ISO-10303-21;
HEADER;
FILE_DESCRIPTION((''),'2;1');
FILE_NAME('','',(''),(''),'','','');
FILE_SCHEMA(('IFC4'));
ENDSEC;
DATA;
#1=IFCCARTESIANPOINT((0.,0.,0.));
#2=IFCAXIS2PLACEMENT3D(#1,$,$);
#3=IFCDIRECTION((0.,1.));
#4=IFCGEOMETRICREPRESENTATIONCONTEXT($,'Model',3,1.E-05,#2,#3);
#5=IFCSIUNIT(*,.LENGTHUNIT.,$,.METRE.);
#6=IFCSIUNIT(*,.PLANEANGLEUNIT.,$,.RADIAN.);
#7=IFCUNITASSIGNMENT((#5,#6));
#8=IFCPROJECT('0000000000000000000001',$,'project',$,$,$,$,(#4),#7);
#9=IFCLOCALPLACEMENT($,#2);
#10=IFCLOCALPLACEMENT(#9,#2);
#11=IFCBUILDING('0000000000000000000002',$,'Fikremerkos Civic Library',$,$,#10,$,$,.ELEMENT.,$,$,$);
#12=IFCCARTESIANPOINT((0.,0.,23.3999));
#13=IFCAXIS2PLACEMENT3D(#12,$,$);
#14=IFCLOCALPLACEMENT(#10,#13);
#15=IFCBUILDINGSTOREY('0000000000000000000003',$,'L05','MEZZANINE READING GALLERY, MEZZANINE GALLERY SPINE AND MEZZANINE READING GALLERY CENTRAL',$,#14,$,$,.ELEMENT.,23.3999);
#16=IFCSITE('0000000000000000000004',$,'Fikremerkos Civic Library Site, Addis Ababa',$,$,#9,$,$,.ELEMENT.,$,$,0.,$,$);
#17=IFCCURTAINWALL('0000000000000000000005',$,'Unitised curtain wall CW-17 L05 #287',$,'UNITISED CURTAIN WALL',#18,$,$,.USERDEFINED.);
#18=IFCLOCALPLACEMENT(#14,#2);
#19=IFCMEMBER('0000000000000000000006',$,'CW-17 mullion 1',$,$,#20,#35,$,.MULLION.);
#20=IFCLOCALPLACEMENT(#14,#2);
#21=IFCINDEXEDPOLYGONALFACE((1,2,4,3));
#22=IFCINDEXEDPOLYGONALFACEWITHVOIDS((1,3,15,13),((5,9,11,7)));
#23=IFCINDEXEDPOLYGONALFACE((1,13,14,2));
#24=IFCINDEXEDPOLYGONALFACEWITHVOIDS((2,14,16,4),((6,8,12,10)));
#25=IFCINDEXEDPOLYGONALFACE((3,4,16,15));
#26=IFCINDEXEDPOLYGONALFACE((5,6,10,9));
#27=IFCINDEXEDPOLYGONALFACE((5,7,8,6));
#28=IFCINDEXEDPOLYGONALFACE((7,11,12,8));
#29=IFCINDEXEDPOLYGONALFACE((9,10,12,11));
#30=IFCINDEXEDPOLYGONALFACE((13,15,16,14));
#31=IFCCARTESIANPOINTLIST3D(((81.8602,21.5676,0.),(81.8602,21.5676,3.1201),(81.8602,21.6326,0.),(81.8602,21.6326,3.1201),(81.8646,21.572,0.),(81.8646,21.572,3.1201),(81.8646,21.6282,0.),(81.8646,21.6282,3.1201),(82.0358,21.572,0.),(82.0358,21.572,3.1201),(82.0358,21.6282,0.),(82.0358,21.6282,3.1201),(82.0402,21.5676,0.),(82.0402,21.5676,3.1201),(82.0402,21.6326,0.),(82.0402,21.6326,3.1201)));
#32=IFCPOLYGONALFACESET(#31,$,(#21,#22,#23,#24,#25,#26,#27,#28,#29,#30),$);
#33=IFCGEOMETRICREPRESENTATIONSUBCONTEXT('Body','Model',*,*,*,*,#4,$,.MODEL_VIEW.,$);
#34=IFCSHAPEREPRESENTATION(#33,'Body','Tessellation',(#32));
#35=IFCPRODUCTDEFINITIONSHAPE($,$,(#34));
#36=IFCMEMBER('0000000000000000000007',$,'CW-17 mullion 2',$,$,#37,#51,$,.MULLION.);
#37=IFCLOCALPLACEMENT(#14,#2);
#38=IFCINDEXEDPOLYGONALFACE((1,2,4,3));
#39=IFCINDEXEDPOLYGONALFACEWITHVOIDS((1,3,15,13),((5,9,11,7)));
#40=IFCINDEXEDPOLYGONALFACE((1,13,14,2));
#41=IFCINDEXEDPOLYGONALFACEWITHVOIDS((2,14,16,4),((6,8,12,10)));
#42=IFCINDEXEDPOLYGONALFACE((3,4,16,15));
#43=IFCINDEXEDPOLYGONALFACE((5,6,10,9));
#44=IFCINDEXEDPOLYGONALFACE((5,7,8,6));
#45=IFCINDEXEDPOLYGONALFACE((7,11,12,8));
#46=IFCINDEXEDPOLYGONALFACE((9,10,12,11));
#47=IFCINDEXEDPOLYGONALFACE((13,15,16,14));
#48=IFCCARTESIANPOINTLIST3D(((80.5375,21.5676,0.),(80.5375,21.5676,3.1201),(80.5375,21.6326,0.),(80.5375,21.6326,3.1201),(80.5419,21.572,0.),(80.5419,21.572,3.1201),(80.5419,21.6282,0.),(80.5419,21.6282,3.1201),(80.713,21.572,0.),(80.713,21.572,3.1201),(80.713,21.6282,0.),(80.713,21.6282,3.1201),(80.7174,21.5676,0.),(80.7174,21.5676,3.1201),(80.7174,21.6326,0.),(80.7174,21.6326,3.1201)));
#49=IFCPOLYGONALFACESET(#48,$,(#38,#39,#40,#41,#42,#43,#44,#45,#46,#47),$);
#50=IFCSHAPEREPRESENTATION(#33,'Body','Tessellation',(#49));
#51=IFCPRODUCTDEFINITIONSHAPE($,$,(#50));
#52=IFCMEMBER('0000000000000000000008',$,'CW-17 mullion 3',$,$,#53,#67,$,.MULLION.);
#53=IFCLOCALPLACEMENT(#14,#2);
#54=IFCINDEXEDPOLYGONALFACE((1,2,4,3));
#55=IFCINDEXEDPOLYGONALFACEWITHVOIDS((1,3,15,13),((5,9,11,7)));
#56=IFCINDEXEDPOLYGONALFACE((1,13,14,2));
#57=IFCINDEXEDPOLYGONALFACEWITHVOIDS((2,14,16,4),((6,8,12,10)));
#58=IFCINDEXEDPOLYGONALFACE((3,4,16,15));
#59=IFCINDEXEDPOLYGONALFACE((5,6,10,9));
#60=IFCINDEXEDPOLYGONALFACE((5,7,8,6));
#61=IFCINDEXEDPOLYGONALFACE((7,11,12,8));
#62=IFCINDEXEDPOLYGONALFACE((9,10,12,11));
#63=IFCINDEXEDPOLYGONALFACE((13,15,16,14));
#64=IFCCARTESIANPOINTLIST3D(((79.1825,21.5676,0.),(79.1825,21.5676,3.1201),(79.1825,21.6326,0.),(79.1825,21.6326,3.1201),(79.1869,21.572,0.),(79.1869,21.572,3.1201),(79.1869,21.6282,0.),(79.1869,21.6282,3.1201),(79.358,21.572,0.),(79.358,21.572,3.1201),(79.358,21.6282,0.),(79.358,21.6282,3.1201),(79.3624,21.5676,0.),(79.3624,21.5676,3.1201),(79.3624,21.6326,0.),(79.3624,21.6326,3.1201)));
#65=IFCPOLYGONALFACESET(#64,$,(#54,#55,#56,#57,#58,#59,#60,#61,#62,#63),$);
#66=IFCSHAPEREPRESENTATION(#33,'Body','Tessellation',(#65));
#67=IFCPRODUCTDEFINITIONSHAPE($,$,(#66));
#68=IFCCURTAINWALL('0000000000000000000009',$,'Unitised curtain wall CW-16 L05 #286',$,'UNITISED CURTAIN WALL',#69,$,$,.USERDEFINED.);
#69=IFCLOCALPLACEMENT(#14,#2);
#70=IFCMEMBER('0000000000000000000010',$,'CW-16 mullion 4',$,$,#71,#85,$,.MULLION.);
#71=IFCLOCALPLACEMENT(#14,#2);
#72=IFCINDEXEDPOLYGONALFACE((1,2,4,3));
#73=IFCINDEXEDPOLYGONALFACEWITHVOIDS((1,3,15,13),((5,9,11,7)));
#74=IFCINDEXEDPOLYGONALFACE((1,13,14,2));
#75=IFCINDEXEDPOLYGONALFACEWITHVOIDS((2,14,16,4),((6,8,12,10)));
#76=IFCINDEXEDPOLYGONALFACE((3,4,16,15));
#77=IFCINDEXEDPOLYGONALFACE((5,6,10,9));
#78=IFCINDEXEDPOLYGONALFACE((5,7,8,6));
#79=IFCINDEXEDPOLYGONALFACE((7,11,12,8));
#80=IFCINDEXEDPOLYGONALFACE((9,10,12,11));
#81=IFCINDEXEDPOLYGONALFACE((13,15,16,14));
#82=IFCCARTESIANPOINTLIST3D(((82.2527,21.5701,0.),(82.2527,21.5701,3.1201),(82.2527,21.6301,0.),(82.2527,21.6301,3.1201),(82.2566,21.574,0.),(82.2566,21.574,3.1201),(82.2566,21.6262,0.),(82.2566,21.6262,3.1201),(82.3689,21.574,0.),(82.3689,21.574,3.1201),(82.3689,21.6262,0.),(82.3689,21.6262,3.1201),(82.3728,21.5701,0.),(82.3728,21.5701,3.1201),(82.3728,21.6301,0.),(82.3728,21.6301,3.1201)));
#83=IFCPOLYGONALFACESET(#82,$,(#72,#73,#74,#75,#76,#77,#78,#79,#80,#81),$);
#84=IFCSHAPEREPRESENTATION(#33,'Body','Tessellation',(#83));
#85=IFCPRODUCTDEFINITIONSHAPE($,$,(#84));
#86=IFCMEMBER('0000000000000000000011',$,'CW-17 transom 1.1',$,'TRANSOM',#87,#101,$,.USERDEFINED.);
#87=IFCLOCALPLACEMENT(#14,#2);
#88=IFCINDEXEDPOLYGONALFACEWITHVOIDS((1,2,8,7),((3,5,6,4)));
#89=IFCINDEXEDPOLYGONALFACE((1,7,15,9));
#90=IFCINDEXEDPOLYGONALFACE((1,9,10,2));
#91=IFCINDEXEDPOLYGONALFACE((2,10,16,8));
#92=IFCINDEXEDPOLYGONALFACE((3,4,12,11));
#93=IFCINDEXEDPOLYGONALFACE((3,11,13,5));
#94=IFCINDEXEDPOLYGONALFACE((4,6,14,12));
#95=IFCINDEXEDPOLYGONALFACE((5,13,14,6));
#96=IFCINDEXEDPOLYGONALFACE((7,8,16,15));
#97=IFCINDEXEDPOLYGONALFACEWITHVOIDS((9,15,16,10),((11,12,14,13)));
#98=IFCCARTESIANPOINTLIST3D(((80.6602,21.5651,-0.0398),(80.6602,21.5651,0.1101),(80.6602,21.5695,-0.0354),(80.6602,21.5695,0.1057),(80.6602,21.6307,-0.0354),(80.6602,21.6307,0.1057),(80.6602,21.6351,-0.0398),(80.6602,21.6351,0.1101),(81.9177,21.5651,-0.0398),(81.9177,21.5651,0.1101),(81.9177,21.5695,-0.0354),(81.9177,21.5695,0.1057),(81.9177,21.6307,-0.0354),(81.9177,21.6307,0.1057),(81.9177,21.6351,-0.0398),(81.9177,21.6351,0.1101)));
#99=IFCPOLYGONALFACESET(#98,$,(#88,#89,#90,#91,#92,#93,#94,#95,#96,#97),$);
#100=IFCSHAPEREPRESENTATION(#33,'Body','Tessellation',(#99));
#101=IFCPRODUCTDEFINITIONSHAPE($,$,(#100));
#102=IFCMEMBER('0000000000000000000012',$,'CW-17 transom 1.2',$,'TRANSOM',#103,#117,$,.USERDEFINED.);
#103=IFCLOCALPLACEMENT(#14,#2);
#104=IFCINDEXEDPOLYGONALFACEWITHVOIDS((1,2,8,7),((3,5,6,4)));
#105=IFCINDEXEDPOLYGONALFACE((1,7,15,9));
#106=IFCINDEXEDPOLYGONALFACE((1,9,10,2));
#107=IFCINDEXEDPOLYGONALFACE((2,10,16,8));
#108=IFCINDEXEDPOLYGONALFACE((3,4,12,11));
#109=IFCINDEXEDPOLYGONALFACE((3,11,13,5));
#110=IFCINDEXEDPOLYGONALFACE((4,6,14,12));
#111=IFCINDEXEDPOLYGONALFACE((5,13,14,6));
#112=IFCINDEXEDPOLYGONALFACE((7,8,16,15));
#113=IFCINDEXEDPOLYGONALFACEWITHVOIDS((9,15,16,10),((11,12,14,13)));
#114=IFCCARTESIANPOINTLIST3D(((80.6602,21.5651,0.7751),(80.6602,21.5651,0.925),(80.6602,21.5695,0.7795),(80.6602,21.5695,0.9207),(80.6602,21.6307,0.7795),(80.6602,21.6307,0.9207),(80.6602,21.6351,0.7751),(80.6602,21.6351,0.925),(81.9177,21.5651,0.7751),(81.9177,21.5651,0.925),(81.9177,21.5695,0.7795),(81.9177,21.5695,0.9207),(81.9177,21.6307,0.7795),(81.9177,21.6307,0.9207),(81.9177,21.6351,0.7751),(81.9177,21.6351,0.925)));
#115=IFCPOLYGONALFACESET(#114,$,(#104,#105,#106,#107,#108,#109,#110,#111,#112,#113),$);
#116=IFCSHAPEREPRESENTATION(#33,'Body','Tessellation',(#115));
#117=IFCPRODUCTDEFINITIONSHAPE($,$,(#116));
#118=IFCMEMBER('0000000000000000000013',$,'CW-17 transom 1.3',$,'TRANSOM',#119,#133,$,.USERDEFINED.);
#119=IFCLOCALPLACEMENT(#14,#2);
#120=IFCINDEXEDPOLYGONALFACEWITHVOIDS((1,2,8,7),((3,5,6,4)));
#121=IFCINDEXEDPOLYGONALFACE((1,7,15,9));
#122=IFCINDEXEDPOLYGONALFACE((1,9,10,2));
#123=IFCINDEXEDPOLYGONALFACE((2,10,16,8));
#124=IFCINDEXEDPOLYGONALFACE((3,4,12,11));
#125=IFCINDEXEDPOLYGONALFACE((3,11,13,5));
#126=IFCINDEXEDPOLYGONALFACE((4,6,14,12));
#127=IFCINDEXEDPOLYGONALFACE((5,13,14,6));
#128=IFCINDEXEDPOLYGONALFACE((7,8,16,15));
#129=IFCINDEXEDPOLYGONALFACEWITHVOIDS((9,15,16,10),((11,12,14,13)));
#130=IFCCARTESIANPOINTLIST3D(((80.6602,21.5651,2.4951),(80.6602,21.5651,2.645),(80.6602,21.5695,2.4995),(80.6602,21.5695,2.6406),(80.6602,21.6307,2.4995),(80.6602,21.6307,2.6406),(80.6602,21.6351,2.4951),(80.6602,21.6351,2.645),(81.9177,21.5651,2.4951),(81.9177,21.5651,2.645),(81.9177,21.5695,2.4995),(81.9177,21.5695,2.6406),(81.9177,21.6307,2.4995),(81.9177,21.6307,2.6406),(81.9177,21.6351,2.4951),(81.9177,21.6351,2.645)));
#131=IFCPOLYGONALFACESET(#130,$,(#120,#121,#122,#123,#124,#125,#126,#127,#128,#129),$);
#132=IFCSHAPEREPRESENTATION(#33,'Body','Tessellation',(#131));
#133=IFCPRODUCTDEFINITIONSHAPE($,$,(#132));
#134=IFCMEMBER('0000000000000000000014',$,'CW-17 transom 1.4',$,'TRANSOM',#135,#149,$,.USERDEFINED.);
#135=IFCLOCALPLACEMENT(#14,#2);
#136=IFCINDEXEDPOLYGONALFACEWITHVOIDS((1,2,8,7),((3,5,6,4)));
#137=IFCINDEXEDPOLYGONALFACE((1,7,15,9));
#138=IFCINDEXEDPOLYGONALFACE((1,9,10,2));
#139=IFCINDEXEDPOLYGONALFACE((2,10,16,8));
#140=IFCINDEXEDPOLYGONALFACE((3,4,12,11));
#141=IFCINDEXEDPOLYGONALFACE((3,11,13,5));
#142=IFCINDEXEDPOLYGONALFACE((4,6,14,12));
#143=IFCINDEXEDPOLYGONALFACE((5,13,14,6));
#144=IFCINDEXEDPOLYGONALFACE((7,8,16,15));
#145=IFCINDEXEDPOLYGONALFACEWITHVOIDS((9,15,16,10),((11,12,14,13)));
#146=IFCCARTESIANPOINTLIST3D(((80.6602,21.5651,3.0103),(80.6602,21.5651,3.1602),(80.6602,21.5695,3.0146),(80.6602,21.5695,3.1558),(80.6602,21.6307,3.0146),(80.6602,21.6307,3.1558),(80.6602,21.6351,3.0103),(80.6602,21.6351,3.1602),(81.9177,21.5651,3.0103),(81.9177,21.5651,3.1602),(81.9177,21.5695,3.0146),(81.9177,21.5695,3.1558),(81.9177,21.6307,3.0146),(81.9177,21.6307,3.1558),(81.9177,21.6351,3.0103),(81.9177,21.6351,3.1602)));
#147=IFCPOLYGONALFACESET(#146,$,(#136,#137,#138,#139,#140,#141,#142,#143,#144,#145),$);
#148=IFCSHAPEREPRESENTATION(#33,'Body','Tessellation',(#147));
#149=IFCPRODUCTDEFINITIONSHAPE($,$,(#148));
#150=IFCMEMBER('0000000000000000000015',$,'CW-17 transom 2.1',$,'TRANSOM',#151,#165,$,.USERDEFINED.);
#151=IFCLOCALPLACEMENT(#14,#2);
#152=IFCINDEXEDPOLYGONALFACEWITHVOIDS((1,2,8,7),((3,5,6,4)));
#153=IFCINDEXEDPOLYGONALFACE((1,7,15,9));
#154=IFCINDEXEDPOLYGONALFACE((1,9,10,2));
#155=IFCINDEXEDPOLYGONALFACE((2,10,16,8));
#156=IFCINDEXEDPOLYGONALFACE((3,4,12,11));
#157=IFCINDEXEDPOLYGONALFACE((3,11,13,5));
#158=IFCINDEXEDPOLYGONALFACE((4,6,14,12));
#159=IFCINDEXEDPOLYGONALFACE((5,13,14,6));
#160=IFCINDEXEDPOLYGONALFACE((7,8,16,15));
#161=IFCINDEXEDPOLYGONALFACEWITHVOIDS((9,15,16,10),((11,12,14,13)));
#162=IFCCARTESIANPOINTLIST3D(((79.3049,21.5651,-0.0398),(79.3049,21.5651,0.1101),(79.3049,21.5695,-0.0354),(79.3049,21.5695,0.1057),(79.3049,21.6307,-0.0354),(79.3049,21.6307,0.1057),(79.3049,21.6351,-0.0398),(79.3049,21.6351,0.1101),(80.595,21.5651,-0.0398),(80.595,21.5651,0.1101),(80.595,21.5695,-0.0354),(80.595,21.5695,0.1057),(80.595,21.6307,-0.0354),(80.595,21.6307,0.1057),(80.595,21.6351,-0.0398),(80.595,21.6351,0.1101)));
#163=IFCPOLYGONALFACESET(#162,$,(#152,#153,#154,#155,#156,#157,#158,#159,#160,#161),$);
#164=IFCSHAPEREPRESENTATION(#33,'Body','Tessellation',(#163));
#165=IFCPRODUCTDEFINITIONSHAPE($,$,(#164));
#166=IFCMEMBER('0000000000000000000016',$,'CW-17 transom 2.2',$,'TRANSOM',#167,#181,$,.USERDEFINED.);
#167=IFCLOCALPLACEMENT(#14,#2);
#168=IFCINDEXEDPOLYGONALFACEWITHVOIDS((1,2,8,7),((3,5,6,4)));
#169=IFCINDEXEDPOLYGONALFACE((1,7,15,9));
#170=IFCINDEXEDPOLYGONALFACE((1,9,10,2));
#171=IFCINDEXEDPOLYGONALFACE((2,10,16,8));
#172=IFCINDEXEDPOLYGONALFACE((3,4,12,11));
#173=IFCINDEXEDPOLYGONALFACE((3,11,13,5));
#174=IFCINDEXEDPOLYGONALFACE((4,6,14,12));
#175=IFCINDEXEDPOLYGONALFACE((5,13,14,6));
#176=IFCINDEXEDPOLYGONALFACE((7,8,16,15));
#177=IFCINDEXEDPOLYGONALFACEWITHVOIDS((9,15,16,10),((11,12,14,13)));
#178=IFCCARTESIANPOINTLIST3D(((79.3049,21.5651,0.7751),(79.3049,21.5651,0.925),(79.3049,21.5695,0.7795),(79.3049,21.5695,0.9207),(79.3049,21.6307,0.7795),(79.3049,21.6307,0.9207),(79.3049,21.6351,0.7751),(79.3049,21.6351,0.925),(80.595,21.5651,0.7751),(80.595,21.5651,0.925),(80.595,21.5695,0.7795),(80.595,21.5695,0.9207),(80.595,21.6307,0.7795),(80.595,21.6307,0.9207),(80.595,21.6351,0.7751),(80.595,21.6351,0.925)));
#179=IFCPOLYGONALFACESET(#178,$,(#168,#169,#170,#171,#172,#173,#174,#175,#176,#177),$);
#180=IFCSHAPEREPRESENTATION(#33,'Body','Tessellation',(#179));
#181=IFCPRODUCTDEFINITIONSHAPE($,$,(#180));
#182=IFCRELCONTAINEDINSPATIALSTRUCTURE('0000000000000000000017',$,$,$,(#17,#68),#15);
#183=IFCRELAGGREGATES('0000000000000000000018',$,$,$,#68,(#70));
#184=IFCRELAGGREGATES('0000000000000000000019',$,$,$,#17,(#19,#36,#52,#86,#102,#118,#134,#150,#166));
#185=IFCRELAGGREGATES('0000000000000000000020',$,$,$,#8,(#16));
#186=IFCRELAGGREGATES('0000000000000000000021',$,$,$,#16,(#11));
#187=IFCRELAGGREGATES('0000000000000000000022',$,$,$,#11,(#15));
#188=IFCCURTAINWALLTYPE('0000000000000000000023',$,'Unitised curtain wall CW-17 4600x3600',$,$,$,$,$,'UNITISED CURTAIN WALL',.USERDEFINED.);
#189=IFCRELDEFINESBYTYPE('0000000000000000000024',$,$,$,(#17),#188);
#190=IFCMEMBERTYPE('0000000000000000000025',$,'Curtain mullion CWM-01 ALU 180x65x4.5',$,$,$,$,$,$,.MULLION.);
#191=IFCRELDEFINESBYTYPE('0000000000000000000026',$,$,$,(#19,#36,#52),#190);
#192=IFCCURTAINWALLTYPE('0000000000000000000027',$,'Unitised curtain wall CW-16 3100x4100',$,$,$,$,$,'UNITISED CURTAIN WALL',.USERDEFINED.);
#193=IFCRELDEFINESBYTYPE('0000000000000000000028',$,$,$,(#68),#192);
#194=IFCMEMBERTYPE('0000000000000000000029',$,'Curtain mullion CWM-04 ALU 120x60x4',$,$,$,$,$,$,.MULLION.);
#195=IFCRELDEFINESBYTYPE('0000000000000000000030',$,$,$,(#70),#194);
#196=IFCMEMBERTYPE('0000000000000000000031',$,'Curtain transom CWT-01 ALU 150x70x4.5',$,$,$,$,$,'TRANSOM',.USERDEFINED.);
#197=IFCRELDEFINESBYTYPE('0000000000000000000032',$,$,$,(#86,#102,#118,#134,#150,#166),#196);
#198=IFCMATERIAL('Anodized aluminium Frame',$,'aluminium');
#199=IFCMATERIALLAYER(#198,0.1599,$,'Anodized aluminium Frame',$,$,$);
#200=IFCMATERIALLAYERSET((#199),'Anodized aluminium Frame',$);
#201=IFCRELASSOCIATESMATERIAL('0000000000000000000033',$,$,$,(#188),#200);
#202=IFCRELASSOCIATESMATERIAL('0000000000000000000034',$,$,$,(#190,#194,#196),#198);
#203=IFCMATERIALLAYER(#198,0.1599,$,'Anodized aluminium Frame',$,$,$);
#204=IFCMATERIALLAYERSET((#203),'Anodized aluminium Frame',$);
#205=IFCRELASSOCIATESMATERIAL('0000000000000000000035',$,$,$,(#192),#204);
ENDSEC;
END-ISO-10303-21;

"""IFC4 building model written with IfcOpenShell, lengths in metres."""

from ifc_helpers import new_model, si_unit, direction, frame, origin, origin_2d, place, context, subcontext, project, spatial, hollow_rectangle, extrude, material, layer, layer_set, material_profile, profile_set, type_object, element, aggregate, save


model = new_model("IFC4")

# Units and contexts
model_context = context("Model", 3, precision=1e-05, world=origin(), true_north=direction((0.0, 1.0)))
body_context = subcontext(model_context, "Body", "Model", "MODEL_VIEW")
ifc_project = project(units=[si_unit("LENGTHUNIT", "METRE"), si_unit("PLANEANGLEUNIT", "RADIAN")], contexts=[model_context])

# Site, building, storey
site_placement = place(None, origin())
site = spatial("IfcSite", under=ifc_project, at=site_placement, Name="Fikremerkos Civic Library Site, Addis Ababa", CompositionType="ELEMENT", RefElevation=0.0)
building_placement = place(site_placement, origin())
building = spatial("IfcBuilding", under=site, at=building_placement, Name="Fikremerkos Civic Library", CompositionType="ELEMENT")
storey_placement = place(building_placement, frame((0.0, 0.0, 23.3999)))
storey = spatial("IfcBuildingStorey", under=building, at=storey_placement, Name="L05", Description="MEZZANINE READING GALLERY, MEZZANINE GALLERY SPINE AND MEZZANINE READING GALLERY CENTRAL", CompositionType="ELEMENT", Elevation=23.3999)

# Curtain wall, members
ifc_material_1 = material(Name="Anodized aluminium Frame", Category="aluminium")
ifc_layer_1 = layer(ifc_material_1, 0.1599, Name="Anodized aluminium Frame")
ifc_layer_set_1 = layer_set([ifc_layer_1], Name="Anodized aluminium Frame")
curtain_wall_type_1 = type_object("IfcCurtainWallType", Name="Unitised curtain wall CW-17 4600x3600", ElementType="UNITISED CURTAIN WALL", PredefinedType="USERDEFINED", material=ifc_layer_set_1)
curtain_wall_1_placement = place(storey_placement, origin())
curtain_wall_1 = element("IfcCurtainWall", 1, at=curtain_wall_1_placement, inside=storey, type_object=curtain_wall_type_1, Name="Unitised curtain wall CW-17 L05 #287", ObjectType="UNITISED CURTAIN WALL", PredefinedType="USERDEFINED")
ifc_material_profile_1 = material_profile(ifc_material_1, hollow_rectangle(XDim=0.0649, YDim=0.1799, WallThickness=0.0044, at=origin_2d()), Name="ALU 180x65x4.5")
ifc_profile_set_1 = profile_set([ifc_material_profile_1], Name="Anodized aluminium Frame")
member_type_1 = type_object("IfcMemberType", Name="Curtain mullion CWM-01 ALU 180x65x4.5", PredefinedType="MULLION", material=ifc_profile_set_1)
member_1_placement = place(storey_placement, frame((81.9502, 21.6001, 0.0), z_axis=(0.0, 0.0, 1.0), x_axis=(0.0, -1.0, 0.0)))
member_1 = element("IfcMember", 2, at=member_1_placement, type_object=member_type_1, Name="CW-17 mullion 1", PredefinedType="MULLION", context=body_context, shape_type="SweptSolid", body=[
    extrude(hollow_rectangle(XDim=0.0649, YDim=0.1799, WallThickness=0.0044, at=origin_2d()), origin(), (0.0, 0.0, 1.0), 3.1201),
])
member_2_placement = place(storey_placement, frame((80.6274, 21.6001, 0.0), z_axis=(0.0, 0.0, 1.0), x_axis=(0.0, -1.0, 0.0)))
member_2 = element("IfcMember", 3, at=member_2_placement, type_object=member_type_1, Name="CW-17 mullion 2", PredefinedType="MULLION", context=body_context, shape_type="SweptSolid", body=[
    extrude(hollow_rectangle(XDim=0.0649, YDim=0.1799, WallThickness=0.0044, at=origin_2d()), origin(), (0.0, 0.0, 1.0), 3.1201),
])
member_3_placement = place(storey_placement, frame((79.2725, 21.6001, 0.0), z_axis=(0.0, 0.0, 1.0), x_axis=(0.0, -1.0, 0.0)))
member_3 = element("IfcMember", 4, at=member_3_placement, type_object=member_type_1, Name="CW-17 mullion 3", PredefinedType="MULLION", context=body_context, shape_type="SweptSolid", body=[
    extrude(hollow_rectangle(XDim=0.0649, YDim=0.1799, WallThickness=0.0044, at=origin_2d()), origin(), (0.0, 0.0, 1.0), 3.1201),
])

# Curtain wall, member
ifc_layer_2 = layer(ifc_material_1, 0.1599, Name="Anodized aluminium Frame")
ifc_layer_set_2 = layer_set([ifc_layer_2], Name="Anodized aluminium Frame")
curtain_wall_type_2 = type_object("IfcCurtainWallType", Name="Unitised curtain wall CW-16 3100x4100", ElementType="UNITISED CURTAIN WALL", PredefinedType="USERDEFINED", material=ifc_layer_set_2)
curtain_wall_2_placement = place(storey_placement, origin())
curtain_wall_2 = element("IfcCurtainWall", 5, at=curtain_wall_2_placement, inside=storey, type_object=curtain_wall_type_2, Name="Unitised curtain wall CW-16 L05 #286", ObjectType="UNITISED CURTAIN WALL", PredefinedType="USERDEFINED")
ifc_material_profile_2 = material_profile(ifc_material_1, hollow_rectangle(XDim=0.0601, YDim=0.1201, WallThickness=0.0039, at=origin_2d()), Name="ALU 120x60x4")
ifc_profile_set_2 = profile_set([ifc_material_profile_2], Name="Anodized aluminium Frame")
member_type_2 = type_object("IfcMemberType", Name="Curtain mullion CWM-04 ALU 120x60x4", PredefinedType="MULLION", material=ifc_profile_set_2)
member_4_placement = place(storey_placement, frame((82.3127, 21.6001, 0.0), z_axis=(0.0, 0.0, 1.0), x_axis=(0.0, -1.0, 0.0)))
member_4 = element("IfcMember", 6, at=member_4_placement, type_object=member_type_2, Name="CW-16 mullion 4", PredefinedType="MULLION", context=body_context, shape_type="SweptSolid", body=[
    extrude(hollow_rectangle(XDim=0.0601, YDim=0.1201, WallThickness=0.0039, at=origin_2d()), origin(), (0.0, 0.0, 1.0), 3.1201),
])
aggregate(curtain_wall_2, [member_4])

# Members
ifc_material_profile_3 = material_profile(ifc_material_1, hollow_rectangle(XDim=0.0701, YDim=0.1499, WallThickness=0.0044, at=origin_2d()), Name="ALU 150x70x4.5")
ifc_profile_set_3 = profile_set([ifc_material_profile_3], Name="Anodized aluminium Frame")
member_type_3 = type_object("IfcMemberType", Name="Curtain transom CWT-01 ALU 150x70x4.5", ElementType="TRANSOM", PredefinedType="USERDEFINED", material=ifc_profile_set_3)
member_5_placement = place(storey_placement, frame((81.9177, 21.6001, 0.0352), z_axis=(-1.0, 0.0, 0.0), x_axis=(0.0, -1.0, 0.0)))
member_5 = element("IfcMember", 7, at=member_5_placement, type_object=member_type_3, Name="CW-17 transom 1.1", ObjectType="TRANSOM", PredefinedType="USERDEFINED", context=body_context, shape_type="SweptSolid", body=[
    extrude(hollow_rectangle(XDim=0.0701, YDim=0.1499, WallThickness=0.0044, at=origin_2d()), origin(), (0.0, 0.0, 1.0), 1.2576),
])
member_6_placement = place(storey_placement, frame((81.9177, 21.6001, 0.8501), z_axis=(-1.0, 0.0, 0.0), x_axis=(0.0, -1.0, 0.0)))
member_6 = element("IfcMember", 8, at=member_6_placement, type_object=member_type_3, Name="CW-17 transom 1.2", ObjectType="TRANSOM", PredefinedType="USERDEFINED", context=body_context, shape_type="SweptSolid", body=[
    extrude(hollow_rectangle(XDim=0.0701, YDim=0.1499, WallThickness=0.0044, at=origin_2d()), origin(), (0.0, 0.0, 1.0), 1.2576),
])
member_7_placement = place(storey_placement, frame((81.9177, 21.6001, 2.5701), z_axis=(-1.0, 0.0, 0.0), x_axis=(0.0, -1.0, 0.0)))
member_7 = element("IfcMember", 9, at=member_7_placement, type_object=member_type_3, Name="CW-17 transom 1.3", ObjectType="TRANSOM", PredefinedType="USERDEFINED", context=body_context, shape_type="SweptSolid", body=[
    extrude(hollow_rectangle(XDim=0.0701, YDim=0.1499, WallThickness=0.0044, at=origin_2d()), origin(), (0.0, 0.0, 1.0), 1.2576),
])
member_8_placement = place(storey_placement, frame((81.9177, 21.6001, 3.0852), z_axis=(-1.0, 0.0, 0.0), x_axis=(0.0, -1.0, 0.0)))
member_8 = element("IfcMember", 10, at=member_8_placement, type_object=member_type_3, Name="CW-17 transom 1.4", ObjectType="TRANSOM", PredefinedType="USERDEFINED", context=body_context, shape_type="SweptSolid", body=[
    extrude(hollow_rectangle(XDim=0.0701, YDim=0.1499, WallThickness=0.0044, at=origin_2d()), origin(), (0.0, 0.0, 1.0), 1.2576),
])
member_9_placement = place(storey_placement, frame((80.595, 21.6001, 0.0352), z_axis=(-1.0, 0.0, 0.0), x_axis=(0.0, -1.0, 0.0)))
member_9 = element("IfcMember", 11, at=member_9_placement, type_object=member_type_3, Name="CW-17 transom 2.1", ObjectType="TRANSOM", PredefinedType="USERDEFINED", context=body_context, shape_type="SweptSolid", body=[
    extrude(hollow_rectangle(XDim=0.0701, YDim=0.1499, WallThickness=0.0044, at=origin_2d()), origin(), (0.0, 0.0, 1.0), 1.29),
])
member_10_placement = place(storey_placement, frame((80.595, 21.6001, 0.8501), z_axis=(-1.0, 0.0, 0.0), x_axis=(0.0, -1.0, 0.0)))
member_10 = element("IfcMember", 12, at=member_10_placement, type_object=member_type_3, Name="CW-17 transom 2.2", ObjectType="TRANSOM", PredefinedType="USERDEFINED", context=body_context, shape_type="SweptSolid", body=[
    extrude(hollow_rectangle(XDim=0.0701, YDim=0.1499, WallThickness=0.0044, at=origin_2d()), origin(), (0.0, 0.0, 1.0), 1.29),
])

aggregate(curtain_wall_1, [member_1, member_2, member_3, member_5, member_6, member_7, member_8, member_9, member_10])

save(model, "model.ifc")
